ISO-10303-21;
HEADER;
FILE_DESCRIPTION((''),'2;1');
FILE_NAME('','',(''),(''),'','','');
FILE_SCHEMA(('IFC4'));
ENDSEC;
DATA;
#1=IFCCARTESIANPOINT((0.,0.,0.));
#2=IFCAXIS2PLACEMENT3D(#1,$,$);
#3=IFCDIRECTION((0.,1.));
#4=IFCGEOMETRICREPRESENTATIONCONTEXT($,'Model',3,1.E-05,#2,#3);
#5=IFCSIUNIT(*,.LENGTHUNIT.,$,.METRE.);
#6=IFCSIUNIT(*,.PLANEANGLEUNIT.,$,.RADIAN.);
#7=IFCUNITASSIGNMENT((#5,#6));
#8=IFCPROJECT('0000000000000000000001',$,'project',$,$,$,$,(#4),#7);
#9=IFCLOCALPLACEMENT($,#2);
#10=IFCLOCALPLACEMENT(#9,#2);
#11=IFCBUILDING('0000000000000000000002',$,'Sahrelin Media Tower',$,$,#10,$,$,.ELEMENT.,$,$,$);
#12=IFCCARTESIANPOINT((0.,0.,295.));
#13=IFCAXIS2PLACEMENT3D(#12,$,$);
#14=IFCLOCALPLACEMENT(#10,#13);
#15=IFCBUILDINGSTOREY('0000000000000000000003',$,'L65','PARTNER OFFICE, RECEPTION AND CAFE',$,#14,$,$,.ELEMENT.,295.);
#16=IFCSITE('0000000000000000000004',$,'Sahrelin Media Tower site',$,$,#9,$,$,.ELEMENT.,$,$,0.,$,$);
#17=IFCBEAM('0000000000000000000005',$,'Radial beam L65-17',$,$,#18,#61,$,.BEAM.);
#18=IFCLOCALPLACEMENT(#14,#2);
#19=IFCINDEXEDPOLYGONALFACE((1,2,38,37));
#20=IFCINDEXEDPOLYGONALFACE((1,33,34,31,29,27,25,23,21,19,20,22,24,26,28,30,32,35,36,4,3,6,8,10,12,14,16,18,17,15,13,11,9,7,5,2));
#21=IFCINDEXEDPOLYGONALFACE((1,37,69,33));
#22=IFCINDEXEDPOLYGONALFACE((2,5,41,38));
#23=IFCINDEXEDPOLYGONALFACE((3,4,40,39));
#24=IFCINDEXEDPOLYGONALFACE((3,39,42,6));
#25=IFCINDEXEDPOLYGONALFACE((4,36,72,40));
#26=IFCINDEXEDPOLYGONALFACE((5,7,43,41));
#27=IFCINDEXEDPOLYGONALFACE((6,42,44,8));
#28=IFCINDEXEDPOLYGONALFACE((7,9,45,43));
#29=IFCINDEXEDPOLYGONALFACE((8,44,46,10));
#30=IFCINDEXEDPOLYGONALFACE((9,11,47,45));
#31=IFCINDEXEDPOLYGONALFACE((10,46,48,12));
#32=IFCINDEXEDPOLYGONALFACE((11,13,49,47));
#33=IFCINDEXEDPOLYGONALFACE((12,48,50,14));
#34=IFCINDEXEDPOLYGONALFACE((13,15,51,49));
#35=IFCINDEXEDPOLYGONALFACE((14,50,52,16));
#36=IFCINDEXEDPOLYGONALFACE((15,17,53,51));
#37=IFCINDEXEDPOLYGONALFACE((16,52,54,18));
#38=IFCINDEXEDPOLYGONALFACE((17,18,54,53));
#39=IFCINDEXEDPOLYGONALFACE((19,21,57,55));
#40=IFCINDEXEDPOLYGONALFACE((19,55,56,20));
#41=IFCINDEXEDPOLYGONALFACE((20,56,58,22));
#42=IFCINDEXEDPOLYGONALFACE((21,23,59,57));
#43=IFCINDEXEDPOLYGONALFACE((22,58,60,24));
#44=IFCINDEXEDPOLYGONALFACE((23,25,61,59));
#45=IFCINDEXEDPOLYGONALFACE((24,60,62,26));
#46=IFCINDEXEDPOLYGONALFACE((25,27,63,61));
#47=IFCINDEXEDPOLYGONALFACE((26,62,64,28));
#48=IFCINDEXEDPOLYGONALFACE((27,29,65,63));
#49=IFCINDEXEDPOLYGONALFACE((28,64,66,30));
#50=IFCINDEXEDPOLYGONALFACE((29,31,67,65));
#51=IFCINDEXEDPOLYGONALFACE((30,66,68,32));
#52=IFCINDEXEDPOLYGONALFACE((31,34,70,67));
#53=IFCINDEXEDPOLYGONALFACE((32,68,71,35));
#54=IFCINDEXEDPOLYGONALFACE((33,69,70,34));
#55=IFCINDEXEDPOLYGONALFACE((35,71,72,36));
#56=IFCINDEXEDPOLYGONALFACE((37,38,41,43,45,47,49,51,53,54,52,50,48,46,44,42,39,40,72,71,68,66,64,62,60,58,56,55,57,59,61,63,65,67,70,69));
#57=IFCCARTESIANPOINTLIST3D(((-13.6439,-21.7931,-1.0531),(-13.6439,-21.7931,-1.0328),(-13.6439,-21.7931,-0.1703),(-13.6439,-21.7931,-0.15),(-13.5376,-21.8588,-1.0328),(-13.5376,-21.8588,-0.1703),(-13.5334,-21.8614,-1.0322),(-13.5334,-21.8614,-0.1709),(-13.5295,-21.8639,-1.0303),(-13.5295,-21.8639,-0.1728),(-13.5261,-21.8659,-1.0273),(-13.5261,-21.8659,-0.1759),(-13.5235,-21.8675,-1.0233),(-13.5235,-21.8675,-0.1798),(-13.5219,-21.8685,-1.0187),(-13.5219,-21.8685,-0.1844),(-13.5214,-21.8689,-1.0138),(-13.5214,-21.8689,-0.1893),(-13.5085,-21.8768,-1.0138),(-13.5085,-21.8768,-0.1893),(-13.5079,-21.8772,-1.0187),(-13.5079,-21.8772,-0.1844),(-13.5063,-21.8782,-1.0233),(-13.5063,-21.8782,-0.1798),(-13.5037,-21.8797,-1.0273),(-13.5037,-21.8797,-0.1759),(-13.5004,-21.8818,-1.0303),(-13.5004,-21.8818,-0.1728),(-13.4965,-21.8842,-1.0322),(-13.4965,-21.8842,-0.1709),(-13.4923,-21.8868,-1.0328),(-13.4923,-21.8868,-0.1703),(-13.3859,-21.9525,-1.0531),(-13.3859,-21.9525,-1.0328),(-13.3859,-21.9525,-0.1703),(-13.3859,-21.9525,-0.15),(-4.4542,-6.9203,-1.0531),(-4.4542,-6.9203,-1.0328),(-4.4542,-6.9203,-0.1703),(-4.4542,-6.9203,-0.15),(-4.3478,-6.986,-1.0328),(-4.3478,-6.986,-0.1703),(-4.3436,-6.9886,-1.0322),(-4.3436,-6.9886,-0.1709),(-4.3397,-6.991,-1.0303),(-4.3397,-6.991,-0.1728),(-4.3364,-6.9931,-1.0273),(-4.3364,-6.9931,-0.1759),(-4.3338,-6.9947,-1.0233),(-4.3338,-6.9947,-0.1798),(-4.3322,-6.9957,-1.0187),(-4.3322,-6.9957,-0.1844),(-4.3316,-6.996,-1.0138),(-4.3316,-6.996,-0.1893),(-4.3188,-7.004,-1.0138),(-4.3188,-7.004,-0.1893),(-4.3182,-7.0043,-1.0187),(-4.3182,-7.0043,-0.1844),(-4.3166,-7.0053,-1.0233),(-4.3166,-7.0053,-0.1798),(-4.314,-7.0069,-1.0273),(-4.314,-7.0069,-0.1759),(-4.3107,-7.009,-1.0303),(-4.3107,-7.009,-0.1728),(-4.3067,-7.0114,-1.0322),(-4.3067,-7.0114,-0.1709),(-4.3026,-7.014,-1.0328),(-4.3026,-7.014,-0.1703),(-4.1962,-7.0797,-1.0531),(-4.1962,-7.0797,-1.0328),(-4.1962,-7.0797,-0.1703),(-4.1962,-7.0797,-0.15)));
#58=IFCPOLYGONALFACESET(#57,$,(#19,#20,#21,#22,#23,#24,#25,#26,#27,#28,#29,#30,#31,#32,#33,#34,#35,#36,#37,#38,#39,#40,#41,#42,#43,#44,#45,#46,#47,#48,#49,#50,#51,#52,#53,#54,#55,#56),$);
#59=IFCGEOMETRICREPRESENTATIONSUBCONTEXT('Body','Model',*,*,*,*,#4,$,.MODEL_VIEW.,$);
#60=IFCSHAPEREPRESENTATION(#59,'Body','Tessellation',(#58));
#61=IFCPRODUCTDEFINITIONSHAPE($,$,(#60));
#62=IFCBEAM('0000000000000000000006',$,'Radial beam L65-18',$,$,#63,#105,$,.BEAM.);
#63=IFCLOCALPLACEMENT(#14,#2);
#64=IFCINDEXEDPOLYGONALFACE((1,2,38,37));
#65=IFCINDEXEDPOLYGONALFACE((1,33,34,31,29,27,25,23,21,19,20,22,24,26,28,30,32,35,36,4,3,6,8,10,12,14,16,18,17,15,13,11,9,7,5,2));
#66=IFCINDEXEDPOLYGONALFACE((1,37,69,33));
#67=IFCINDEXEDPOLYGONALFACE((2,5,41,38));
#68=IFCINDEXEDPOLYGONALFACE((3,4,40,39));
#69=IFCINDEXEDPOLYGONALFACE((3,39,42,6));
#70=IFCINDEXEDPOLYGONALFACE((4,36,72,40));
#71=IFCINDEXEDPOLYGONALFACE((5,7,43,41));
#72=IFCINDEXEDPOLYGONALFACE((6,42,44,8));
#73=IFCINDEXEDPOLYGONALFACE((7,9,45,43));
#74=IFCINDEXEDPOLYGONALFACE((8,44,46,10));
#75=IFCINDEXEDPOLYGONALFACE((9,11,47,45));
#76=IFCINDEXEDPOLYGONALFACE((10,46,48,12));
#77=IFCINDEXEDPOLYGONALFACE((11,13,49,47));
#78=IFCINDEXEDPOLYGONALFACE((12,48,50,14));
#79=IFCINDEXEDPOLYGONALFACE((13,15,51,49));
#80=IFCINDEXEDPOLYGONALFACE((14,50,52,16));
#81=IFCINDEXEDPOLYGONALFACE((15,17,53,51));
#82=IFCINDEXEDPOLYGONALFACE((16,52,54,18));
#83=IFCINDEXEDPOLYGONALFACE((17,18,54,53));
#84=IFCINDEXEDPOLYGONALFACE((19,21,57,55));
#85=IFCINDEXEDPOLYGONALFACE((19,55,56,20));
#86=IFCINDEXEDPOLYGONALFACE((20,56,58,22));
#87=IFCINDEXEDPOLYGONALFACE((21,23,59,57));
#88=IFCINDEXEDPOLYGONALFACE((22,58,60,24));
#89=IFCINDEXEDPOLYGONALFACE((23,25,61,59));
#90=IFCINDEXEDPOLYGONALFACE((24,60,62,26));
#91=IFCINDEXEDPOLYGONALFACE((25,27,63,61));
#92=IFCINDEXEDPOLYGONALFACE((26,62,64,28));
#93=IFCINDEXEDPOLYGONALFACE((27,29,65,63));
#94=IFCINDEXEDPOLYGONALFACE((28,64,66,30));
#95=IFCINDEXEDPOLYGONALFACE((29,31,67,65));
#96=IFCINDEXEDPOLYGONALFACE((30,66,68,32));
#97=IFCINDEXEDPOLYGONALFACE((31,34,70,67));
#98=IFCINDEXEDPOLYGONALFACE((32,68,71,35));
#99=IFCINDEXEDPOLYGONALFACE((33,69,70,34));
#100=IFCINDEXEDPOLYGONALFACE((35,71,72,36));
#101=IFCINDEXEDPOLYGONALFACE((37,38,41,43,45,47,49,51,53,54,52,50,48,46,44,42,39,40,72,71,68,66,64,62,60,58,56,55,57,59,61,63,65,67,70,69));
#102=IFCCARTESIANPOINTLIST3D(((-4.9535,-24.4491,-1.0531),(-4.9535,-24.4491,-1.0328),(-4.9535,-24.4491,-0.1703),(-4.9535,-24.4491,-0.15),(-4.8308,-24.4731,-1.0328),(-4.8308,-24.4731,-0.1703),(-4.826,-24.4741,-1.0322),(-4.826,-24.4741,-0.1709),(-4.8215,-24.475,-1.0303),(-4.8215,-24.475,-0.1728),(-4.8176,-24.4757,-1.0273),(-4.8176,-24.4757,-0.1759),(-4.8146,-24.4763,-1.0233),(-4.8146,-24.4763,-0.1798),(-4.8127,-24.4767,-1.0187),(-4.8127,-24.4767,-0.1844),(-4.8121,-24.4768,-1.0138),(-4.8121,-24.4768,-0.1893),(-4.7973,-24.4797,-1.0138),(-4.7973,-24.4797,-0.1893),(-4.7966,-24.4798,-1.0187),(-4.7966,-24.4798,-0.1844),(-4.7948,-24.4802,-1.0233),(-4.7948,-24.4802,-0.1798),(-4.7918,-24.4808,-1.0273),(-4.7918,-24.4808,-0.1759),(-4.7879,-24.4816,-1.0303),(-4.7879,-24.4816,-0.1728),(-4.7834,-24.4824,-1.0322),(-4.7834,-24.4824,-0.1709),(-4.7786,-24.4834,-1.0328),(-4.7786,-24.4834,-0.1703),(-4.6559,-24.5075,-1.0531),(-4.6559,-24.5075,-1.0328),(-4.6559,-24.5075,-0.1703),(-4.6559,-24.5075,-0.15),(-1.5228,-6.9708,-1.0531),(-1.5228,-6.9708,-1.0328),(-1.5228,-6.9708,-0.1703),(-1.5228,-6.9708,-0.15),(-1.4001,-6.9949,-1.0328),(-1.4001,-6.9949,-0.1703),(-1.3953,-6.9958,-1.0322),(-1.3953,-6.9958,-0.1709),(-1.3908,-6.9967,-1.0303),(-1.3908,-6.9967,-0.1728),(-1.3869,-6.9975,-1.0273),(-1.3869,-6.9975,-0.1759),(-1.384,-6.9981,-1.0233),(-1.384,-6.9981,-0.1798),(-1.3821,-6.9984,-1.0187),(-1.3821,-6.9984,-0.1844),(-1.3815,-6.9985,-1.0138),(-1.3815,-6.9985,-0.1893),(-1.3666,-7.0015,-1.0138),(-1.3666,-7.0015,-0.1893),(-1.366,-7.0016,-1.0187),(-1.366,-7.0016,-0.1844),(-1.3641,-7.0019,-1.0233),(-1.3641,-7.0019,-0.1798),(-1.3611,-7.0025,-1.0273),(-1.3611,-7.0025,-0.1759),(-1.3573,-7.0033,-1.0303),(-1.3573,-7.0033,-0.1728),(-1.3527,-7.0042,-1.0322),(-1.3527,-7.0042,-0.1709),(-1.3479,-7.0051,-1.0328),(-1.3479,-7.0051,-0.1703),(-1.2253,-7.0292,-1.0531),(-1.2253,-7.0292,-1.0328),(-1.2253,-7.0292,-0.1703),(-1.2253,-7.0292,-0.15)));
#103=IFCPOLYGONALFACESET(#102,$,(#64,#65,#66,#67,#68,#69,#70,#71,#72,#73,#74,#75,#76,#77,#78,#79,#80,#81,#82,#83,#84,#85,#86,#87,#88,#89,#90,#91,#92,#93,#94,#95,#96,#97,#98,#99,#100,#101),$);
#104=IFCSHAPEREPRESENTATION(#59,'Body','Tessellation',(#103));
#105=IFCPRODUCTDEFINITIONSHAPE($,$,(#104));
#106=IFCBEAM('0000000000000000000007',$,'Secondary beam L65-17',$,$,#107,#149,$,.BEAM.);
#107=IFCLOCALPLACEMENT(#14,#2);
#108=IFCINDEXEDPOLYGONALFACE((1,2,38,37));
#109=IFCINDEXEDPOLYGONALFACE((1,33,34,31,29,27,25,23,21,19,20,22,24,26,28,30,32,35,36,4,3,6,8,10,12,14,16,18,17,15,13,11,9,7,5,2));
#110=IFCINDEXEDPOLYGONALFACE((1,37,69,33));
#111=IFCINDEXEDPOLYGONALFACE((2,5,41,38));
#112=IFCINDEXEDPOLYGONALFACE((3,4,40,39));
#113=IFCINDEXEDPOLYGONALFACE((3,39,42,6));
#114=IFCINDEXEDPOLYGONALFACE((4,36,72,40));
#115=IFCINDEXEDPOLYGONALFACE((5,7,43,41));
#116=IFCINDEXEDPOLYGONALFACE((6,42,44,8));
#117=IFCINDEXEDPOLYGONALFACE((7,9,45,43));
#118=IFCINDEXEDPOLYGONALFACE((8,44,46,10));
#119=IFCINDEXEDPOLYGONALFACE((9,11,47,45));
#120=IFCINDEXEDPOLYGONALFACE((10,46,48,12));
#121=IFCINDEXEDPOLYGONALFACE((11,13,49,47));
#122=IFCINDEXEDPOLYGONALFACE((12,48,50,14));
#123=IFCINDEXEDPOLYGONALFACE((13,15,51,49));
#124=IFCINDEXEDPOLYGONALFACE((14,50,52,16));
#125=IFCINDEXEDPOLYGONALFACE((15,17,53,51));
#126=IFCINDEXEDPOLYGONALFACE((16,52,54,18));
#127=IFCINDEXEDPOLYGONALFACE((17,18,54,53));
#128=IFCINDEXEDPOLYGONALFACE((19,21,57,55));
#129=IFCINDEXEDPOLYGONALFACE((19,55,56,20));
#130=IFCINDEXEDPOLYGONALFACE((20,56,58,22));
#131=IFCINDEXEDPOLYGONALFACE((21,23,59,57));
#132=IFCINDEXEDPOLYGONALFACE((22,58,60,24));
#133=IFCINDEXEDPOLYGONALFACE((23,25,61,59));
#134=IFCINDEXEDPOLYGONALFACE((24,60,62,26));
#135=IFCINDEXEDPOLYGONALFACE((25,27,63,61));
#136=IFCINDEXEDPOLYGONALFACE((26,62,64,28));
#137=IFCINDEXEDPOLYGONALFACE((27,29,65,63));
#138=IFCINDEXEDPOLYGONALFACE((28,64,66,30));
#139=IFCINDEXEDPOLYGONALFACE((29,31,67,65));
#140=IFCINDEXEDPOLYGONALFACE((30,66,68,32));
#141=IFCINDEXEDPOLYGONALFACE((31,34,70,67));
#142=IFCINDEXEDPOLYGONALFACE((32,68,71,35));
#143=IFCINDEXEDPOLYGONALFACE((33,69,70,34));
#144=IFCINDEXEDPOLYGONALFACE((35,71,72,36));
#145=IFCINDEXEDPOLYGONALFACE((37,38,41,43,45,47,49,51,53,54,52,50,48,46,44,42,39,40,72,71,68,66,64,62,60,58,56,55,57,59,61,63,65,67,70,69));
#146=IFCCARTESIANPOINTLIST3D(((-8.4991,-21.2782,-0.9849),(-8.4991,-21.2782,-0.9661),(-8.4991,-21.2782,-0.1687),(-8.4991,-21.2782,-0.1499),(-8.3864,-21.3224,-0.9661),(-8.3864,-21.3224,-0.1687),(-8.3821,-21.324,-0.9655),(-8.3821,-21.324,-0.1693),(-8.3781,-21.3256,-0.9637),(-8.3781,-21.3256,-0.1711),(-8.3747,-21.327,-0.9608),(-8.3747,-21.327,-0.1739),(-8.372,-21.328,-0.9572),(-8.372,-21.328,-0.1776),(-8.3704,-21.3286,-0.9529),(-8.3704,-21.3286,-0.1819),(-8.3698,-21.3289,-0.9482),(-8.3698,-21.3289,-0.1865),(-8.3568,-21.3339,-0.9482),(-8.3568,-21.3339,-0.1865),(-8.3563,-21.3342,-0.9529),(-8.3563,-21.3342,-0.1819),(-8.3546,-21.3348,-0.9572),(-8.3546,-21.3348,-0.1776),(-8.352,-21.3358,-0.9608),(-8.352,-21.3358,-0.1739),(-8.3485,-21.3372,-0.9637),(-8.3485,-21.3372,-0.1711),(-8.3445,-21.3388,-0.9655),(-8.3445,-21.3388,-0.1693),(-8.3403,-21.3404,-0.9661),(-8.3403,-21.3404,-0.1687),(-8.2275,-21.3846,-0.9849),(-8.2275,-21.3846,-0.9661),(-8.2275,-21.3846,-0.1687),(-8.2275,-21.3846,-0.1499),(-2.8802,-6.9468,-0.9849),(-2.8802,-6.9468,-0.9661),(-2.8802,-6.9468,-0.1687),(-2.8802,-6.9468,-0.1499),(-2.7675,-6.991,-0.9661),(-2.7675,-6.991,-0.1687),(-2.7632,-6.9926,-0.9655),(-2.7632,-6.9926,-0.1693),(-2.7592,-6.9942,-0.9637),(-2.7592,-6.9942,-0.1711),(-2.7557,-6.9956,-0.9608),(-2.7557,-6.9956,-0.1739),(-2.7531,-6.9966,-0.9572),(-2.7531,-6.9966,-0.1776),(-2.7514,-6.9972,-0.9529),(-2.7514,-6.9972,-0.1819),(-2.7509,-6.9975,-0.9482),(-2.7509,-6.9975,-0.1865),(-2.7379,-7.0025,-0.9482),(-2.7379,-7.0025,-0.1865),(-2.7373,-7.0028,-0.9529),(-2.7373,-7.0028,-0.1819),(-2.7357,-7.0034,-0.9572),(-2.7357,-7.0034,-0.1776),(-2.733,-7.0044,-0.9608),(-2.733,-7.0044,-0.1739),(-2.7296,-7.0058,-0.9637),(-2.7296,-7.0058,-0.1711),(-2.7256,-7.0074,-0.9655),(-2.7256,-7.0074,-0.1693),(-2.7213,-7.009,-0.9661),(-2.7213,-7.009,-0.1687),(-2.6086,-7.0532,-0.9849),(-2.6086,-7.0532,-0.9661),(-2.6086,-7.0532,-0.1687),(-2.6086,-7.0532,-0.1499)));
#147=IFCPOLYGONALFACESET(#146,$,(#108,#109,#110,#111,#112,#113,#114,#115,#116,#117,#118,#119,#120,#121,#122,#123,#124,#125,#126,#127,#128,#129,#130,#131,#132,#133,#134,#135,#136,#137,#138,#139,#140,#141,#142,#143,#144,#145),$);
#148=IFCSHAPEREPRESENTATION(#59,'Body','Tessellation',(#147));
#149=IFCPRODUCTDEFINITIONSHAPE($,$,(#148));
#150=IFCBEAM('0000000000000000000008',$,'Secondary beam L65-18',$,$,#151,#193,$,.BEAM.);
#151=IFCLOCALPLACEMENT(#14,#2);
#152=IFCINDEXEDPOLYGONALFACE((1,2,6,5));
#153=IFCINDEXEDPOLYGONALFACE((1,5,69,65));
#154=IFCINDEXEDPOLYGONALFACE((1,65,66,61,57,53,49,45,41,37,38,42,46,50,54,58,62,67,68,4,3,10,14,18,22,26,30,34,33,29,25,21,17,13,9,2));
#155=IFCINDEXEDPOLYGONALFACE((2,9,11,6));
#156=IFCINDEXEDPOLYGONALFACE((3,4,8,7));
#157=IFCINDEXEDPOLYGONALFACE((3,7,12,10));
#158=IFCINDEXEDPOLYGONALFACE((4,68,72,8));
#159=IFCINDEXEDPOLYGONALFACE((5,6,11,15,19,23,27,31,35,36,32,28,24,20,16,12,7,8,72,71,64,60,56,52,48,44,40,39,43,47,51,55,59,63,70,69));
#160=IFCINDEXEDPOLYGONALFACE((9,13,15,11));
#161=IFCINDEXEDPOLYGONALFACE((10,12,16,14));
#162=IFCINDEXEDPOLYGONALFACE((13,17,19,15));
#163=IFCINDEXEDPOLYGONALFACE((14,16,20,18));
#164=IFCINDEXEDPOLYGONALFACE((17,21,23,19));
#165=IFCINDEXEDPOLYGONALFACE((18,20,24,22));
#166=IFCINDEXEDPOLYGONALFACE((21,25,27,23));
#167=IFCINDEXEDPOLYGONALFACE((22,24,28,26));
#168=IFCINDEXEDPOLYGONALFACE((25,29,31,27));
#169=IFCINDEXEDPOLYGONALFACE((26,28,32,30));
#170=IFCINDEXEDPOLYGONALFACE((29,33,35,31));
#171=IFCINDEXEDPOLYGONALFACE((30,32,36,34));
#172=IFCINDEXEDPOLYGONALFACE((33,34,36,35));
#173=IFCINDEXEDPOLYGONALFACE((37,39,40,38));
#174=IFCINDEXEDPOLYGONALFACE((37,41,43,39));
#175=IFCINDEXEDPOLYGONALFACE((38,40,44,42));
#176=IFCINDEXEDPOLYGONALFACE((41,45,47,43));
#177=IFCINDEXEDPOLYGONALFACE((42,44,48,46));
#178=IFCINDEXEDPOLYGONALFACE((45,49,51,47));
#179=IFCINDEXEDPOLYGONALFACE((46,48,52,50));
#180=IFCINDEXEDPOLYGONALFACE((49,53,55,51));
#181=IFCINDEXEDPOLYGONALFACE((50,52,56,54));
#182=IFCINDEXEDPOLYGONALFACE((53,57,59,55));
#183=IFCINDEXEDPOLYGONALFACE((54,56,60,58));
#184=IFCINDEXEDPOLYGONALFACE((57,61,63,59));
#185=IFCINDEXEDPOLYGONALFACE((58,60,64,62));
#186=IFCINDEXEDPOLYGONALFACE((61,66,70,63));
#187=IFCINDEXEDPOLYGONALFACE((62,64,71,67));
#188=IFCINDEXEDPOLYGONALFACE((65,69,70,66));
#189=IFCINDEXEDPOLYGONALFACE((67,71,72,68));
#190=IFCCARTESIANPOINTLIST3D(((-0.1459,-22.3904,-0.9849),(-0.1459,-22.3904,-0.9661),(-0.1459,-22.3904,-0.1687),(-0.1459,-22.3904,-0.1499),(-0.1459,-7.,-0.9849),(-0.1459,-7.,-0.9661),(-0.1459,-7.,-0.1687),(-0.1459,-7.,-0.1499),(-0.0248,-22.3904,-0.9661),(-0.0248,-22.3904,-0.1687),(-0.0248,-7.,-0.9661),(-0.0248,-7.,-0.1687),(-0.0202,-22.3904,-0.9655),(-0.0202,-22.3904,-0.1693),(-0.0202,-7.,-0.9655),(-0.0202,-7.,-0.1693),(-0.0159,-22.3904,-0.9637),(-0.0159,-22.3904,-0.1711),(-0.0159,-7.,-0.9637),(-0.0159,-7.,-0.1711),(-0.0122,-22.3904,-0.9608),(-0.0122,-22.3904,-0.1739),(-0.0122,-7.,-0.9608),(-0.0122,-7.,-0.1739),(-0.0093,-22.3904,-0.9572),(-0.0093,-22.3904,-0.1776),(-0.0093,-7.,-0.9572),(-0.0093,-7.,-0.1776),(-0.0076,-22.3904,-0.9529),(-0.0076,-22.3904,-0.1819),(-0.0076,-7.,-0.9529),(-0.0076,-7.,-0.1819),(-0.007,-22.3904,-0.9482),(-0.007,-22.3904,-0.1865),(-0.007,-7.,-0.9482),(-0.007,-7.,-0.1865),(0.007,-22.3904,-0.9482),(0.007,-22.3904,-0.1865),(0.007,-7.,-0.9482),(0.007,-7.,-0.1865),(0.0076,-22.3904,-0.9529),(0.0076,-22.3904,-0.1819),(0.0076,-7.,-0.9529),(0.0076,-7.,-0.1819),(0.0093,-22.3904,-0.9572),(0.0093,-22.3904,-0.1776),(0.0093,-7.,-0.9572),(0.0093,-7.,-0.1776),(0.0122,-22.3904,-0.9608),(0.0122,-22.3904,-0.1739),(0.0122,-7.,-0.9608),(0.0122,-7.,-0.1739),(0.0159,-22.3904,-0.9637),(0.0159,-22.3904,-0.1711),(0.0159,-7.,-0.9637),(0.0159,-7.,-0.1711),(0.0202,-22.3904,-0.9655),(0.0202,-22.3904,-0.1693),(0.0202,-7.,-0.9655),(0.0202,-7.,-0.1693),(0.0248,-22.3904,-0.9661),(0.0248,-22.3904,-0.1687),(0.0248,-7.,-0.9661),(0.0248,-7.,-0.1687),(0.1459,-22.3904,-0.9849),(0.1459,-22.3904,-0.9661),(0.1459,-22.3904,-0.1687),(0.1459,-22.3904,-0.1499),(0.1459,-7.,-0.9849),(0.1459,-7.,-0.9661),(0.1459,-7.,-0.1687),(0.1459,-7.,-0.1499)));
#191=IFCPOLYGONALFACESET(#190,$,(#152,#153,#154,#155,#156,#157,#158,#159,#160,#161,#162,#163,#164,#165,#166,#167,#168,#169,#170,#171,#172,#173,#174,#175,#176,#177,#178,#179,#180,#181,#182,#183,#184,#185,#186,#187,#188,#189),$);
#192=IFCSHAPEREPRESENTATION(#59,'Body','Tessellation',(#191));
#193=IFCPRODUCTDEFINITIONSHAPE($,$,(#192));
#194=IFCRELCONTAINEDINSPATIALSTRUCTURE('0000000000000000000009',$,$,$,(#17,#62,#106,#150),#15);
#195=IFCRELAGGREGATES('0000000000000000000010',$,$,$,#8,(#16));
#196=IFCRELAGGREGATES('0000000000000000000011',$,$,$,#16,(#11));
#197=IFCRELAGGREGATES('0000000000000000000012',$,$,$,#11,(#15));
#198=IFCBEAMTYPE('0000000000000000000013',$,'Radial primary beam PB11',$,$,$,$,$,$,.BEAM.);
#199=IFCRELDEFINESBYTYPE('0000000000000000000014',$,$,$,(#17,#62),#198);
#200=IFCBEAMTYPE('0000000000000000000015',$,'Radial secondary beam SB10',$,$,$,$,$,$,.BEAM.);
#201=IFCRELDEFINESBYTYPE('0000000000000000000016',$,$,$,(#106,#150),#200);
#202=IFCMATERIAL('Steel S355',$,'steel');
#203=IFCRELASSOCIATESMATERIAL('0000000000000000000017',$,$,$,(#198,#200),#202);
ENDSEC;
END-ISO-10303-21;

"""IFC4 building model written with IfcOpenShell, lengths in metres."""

from ifc_helpers import new_model, si_unit, direction, frame, origin, origin_2d, place, context, subcontext, project, spatial, i_section, extrude, material, material_profile, profile_set, type_object, element, save


model = new_model("IFC4")

# Units and contexts
model_context = context("Model", 3, precision=1e-05, world=origin(), true_north=direction((0.0, 1.0)))
body_context = subcontext(model_context, "Body", "Model", "MODEL_VIEW")
ifc_project = project(units=[si_unit("LENGTHUNIT", "METRE"), si_unit("PLANEANGLEUNIT", "RADIAN")], contexts=[model_context])

# Site, building, storey
site_placement = place(None, origin())
site = spatial("IfcSite", under=ifc_project, at=site_placement, Name="Sahrelin Media Tower site", CompositionType="ELEMENT", RefElevation=0.0)
building_placement = place(site_placement, origin())
building = spatial("IfcBuilding", under=site, at=building_placement, Name="Sahrelin Media Tower", CompositionType="ELEMENT")
storey_placement = place(building_placement, frame((0.0, 0.0, 295.0)))
storey = spatial("IfcBuildingStorey", under=building, at=storey_placement, Name="L65", Description="PARTNER OFFICE, RECEPTION AND CAFE", CompositionType="ELEMENT", Elevation=295.0)

# Beams
ifc_material_1 = material(Name="Steel S355", Category="steel")
ifc_material_profile_1 = material_profile(ifc_material_1, i_section(OverallWidth=0.3032, OverallDepth=0.9031, WebThickness=0.0151, FlangeThickness=0.0203, FilletRadius=0.019, at=origin_2d()), Name="UB 914x305x201")
ifc_profile_set_1 = profile_set([ifc_material_profile_1], Name="Steel S355")
beam_type_1 = type_object("IfcBeamType", Name="Radial primary beam PB11", PredefinedType="BEAM", material=ifc_profile_set_1)
beam_1_placement = place(storey_placement, frame((-4.3252, -7.0, -0.6016), z_axis=(-0.52564, -0.850707, 0.0), x_axis=(0.850707, -0.52564, 0.0)))
element("IfcBeam", 1, at=beam_1_placement, inside=storey, type_object=beam_type_1, Name="Radial beam L65-17", PredefinedType="BEAM", context=body_context, shape_type="SweptSolid", body=[
    extrude(i_section(OverallWidth=0.3032, OverallDepth=0.9031, WebThickness=0.0151, FlangeThickness=0.0203, FilletRadius=0.019, at=origin_2d()), origin(), (0.0, 0.0, 1.0), 17.4829),
])
beam_2_placement = place(storey_placement, frame((-1.374, -7.0, -0.6016), z_axis=(-0.192606, -0.981276, 0.0), x_axis=(0.981276, -0.192606, 0.0)))
element("IfcBeam", 2, at=beam_2_placement, inside=storey, type_object=beam_type_1, Name="Radial beam L65-18", PredefinedType="BEAM", context=body_context, shape_type="SweptSolid", body=[
    extrude(i_section(OverallWidth=0.3032, OverallDepth=0.9031, WebThickness=0.0151, FlangeThickness=0.0203, FilletRadius=0.019, at=origin_2d()), origin(), (0.0, 0.0, 1.0), 17.8118),
])
ifc_material_profile_2 = material_profile(ifc_material_1, i_section(OverallWidth=0.2917, OverallDepth=0.835, WebThickness=0.0139, FlangeThickness=0.0188, FilletRadius=0.0178, at=origin_2d()), Name="UB 838x292x176")
ifc_profile_set_2 = profile_set([ifc_material_profile_2], Name="Steel S355")
beam_type_2 = type_object("IfcBeamType", Name="Radial secondary beam SB10", PredefinedType="BEAM", material=ifc_profile_set_2)
beam_3_placement = place(storey_placement, frame((-2.7444, -7.0, -0.5674), z_axis=(-0.365019, -0.931, 0.0), x_axis=(0.931, -0.365019, 0.0)))
element("IfcBeam", 3, at=beam_3_placement, inside=storey, type_object=beam_type_2, Name="Secondary beam L65-17", PredefinedType="BEAM", context=body_context, shape_type="SweptSolid", body=[
    extrude(i_section(OverallWidth=0.2917, OverallDepth=0.835, WebThickness=0.0139, FlangeThickness=0.0188, FilletRadius=0.0178, at=origin_2d()), origin(), (0.0, 0.0, 1.0), 15.3936),
])
beam_4_placement = place(storey_placement, frame((0.0, -7.0, -0.5674), z_axis=(0.0, -1.0, 0.0), x_axis=(1.0, 0.0, 0.0)))
element("IfcBeam", 4, at=beam_4_placement, inside=storey, type_object=beam_type_2, Name="Secondary beam L65-18", PredefinedType="BEAM", context=body_context, shape_type="SweptSolid", body=[
    extrude(i_section(OverallWidth=0.2917, OverallDepth=0.835, WebThickness=0.0139, FlangeThickness=0.0188, FilletRadius=0.0178, at=origin_2d()), origin(), (0.0, 0.0, 1.0), 15.3904),
])

save(model, "model.ifc")
